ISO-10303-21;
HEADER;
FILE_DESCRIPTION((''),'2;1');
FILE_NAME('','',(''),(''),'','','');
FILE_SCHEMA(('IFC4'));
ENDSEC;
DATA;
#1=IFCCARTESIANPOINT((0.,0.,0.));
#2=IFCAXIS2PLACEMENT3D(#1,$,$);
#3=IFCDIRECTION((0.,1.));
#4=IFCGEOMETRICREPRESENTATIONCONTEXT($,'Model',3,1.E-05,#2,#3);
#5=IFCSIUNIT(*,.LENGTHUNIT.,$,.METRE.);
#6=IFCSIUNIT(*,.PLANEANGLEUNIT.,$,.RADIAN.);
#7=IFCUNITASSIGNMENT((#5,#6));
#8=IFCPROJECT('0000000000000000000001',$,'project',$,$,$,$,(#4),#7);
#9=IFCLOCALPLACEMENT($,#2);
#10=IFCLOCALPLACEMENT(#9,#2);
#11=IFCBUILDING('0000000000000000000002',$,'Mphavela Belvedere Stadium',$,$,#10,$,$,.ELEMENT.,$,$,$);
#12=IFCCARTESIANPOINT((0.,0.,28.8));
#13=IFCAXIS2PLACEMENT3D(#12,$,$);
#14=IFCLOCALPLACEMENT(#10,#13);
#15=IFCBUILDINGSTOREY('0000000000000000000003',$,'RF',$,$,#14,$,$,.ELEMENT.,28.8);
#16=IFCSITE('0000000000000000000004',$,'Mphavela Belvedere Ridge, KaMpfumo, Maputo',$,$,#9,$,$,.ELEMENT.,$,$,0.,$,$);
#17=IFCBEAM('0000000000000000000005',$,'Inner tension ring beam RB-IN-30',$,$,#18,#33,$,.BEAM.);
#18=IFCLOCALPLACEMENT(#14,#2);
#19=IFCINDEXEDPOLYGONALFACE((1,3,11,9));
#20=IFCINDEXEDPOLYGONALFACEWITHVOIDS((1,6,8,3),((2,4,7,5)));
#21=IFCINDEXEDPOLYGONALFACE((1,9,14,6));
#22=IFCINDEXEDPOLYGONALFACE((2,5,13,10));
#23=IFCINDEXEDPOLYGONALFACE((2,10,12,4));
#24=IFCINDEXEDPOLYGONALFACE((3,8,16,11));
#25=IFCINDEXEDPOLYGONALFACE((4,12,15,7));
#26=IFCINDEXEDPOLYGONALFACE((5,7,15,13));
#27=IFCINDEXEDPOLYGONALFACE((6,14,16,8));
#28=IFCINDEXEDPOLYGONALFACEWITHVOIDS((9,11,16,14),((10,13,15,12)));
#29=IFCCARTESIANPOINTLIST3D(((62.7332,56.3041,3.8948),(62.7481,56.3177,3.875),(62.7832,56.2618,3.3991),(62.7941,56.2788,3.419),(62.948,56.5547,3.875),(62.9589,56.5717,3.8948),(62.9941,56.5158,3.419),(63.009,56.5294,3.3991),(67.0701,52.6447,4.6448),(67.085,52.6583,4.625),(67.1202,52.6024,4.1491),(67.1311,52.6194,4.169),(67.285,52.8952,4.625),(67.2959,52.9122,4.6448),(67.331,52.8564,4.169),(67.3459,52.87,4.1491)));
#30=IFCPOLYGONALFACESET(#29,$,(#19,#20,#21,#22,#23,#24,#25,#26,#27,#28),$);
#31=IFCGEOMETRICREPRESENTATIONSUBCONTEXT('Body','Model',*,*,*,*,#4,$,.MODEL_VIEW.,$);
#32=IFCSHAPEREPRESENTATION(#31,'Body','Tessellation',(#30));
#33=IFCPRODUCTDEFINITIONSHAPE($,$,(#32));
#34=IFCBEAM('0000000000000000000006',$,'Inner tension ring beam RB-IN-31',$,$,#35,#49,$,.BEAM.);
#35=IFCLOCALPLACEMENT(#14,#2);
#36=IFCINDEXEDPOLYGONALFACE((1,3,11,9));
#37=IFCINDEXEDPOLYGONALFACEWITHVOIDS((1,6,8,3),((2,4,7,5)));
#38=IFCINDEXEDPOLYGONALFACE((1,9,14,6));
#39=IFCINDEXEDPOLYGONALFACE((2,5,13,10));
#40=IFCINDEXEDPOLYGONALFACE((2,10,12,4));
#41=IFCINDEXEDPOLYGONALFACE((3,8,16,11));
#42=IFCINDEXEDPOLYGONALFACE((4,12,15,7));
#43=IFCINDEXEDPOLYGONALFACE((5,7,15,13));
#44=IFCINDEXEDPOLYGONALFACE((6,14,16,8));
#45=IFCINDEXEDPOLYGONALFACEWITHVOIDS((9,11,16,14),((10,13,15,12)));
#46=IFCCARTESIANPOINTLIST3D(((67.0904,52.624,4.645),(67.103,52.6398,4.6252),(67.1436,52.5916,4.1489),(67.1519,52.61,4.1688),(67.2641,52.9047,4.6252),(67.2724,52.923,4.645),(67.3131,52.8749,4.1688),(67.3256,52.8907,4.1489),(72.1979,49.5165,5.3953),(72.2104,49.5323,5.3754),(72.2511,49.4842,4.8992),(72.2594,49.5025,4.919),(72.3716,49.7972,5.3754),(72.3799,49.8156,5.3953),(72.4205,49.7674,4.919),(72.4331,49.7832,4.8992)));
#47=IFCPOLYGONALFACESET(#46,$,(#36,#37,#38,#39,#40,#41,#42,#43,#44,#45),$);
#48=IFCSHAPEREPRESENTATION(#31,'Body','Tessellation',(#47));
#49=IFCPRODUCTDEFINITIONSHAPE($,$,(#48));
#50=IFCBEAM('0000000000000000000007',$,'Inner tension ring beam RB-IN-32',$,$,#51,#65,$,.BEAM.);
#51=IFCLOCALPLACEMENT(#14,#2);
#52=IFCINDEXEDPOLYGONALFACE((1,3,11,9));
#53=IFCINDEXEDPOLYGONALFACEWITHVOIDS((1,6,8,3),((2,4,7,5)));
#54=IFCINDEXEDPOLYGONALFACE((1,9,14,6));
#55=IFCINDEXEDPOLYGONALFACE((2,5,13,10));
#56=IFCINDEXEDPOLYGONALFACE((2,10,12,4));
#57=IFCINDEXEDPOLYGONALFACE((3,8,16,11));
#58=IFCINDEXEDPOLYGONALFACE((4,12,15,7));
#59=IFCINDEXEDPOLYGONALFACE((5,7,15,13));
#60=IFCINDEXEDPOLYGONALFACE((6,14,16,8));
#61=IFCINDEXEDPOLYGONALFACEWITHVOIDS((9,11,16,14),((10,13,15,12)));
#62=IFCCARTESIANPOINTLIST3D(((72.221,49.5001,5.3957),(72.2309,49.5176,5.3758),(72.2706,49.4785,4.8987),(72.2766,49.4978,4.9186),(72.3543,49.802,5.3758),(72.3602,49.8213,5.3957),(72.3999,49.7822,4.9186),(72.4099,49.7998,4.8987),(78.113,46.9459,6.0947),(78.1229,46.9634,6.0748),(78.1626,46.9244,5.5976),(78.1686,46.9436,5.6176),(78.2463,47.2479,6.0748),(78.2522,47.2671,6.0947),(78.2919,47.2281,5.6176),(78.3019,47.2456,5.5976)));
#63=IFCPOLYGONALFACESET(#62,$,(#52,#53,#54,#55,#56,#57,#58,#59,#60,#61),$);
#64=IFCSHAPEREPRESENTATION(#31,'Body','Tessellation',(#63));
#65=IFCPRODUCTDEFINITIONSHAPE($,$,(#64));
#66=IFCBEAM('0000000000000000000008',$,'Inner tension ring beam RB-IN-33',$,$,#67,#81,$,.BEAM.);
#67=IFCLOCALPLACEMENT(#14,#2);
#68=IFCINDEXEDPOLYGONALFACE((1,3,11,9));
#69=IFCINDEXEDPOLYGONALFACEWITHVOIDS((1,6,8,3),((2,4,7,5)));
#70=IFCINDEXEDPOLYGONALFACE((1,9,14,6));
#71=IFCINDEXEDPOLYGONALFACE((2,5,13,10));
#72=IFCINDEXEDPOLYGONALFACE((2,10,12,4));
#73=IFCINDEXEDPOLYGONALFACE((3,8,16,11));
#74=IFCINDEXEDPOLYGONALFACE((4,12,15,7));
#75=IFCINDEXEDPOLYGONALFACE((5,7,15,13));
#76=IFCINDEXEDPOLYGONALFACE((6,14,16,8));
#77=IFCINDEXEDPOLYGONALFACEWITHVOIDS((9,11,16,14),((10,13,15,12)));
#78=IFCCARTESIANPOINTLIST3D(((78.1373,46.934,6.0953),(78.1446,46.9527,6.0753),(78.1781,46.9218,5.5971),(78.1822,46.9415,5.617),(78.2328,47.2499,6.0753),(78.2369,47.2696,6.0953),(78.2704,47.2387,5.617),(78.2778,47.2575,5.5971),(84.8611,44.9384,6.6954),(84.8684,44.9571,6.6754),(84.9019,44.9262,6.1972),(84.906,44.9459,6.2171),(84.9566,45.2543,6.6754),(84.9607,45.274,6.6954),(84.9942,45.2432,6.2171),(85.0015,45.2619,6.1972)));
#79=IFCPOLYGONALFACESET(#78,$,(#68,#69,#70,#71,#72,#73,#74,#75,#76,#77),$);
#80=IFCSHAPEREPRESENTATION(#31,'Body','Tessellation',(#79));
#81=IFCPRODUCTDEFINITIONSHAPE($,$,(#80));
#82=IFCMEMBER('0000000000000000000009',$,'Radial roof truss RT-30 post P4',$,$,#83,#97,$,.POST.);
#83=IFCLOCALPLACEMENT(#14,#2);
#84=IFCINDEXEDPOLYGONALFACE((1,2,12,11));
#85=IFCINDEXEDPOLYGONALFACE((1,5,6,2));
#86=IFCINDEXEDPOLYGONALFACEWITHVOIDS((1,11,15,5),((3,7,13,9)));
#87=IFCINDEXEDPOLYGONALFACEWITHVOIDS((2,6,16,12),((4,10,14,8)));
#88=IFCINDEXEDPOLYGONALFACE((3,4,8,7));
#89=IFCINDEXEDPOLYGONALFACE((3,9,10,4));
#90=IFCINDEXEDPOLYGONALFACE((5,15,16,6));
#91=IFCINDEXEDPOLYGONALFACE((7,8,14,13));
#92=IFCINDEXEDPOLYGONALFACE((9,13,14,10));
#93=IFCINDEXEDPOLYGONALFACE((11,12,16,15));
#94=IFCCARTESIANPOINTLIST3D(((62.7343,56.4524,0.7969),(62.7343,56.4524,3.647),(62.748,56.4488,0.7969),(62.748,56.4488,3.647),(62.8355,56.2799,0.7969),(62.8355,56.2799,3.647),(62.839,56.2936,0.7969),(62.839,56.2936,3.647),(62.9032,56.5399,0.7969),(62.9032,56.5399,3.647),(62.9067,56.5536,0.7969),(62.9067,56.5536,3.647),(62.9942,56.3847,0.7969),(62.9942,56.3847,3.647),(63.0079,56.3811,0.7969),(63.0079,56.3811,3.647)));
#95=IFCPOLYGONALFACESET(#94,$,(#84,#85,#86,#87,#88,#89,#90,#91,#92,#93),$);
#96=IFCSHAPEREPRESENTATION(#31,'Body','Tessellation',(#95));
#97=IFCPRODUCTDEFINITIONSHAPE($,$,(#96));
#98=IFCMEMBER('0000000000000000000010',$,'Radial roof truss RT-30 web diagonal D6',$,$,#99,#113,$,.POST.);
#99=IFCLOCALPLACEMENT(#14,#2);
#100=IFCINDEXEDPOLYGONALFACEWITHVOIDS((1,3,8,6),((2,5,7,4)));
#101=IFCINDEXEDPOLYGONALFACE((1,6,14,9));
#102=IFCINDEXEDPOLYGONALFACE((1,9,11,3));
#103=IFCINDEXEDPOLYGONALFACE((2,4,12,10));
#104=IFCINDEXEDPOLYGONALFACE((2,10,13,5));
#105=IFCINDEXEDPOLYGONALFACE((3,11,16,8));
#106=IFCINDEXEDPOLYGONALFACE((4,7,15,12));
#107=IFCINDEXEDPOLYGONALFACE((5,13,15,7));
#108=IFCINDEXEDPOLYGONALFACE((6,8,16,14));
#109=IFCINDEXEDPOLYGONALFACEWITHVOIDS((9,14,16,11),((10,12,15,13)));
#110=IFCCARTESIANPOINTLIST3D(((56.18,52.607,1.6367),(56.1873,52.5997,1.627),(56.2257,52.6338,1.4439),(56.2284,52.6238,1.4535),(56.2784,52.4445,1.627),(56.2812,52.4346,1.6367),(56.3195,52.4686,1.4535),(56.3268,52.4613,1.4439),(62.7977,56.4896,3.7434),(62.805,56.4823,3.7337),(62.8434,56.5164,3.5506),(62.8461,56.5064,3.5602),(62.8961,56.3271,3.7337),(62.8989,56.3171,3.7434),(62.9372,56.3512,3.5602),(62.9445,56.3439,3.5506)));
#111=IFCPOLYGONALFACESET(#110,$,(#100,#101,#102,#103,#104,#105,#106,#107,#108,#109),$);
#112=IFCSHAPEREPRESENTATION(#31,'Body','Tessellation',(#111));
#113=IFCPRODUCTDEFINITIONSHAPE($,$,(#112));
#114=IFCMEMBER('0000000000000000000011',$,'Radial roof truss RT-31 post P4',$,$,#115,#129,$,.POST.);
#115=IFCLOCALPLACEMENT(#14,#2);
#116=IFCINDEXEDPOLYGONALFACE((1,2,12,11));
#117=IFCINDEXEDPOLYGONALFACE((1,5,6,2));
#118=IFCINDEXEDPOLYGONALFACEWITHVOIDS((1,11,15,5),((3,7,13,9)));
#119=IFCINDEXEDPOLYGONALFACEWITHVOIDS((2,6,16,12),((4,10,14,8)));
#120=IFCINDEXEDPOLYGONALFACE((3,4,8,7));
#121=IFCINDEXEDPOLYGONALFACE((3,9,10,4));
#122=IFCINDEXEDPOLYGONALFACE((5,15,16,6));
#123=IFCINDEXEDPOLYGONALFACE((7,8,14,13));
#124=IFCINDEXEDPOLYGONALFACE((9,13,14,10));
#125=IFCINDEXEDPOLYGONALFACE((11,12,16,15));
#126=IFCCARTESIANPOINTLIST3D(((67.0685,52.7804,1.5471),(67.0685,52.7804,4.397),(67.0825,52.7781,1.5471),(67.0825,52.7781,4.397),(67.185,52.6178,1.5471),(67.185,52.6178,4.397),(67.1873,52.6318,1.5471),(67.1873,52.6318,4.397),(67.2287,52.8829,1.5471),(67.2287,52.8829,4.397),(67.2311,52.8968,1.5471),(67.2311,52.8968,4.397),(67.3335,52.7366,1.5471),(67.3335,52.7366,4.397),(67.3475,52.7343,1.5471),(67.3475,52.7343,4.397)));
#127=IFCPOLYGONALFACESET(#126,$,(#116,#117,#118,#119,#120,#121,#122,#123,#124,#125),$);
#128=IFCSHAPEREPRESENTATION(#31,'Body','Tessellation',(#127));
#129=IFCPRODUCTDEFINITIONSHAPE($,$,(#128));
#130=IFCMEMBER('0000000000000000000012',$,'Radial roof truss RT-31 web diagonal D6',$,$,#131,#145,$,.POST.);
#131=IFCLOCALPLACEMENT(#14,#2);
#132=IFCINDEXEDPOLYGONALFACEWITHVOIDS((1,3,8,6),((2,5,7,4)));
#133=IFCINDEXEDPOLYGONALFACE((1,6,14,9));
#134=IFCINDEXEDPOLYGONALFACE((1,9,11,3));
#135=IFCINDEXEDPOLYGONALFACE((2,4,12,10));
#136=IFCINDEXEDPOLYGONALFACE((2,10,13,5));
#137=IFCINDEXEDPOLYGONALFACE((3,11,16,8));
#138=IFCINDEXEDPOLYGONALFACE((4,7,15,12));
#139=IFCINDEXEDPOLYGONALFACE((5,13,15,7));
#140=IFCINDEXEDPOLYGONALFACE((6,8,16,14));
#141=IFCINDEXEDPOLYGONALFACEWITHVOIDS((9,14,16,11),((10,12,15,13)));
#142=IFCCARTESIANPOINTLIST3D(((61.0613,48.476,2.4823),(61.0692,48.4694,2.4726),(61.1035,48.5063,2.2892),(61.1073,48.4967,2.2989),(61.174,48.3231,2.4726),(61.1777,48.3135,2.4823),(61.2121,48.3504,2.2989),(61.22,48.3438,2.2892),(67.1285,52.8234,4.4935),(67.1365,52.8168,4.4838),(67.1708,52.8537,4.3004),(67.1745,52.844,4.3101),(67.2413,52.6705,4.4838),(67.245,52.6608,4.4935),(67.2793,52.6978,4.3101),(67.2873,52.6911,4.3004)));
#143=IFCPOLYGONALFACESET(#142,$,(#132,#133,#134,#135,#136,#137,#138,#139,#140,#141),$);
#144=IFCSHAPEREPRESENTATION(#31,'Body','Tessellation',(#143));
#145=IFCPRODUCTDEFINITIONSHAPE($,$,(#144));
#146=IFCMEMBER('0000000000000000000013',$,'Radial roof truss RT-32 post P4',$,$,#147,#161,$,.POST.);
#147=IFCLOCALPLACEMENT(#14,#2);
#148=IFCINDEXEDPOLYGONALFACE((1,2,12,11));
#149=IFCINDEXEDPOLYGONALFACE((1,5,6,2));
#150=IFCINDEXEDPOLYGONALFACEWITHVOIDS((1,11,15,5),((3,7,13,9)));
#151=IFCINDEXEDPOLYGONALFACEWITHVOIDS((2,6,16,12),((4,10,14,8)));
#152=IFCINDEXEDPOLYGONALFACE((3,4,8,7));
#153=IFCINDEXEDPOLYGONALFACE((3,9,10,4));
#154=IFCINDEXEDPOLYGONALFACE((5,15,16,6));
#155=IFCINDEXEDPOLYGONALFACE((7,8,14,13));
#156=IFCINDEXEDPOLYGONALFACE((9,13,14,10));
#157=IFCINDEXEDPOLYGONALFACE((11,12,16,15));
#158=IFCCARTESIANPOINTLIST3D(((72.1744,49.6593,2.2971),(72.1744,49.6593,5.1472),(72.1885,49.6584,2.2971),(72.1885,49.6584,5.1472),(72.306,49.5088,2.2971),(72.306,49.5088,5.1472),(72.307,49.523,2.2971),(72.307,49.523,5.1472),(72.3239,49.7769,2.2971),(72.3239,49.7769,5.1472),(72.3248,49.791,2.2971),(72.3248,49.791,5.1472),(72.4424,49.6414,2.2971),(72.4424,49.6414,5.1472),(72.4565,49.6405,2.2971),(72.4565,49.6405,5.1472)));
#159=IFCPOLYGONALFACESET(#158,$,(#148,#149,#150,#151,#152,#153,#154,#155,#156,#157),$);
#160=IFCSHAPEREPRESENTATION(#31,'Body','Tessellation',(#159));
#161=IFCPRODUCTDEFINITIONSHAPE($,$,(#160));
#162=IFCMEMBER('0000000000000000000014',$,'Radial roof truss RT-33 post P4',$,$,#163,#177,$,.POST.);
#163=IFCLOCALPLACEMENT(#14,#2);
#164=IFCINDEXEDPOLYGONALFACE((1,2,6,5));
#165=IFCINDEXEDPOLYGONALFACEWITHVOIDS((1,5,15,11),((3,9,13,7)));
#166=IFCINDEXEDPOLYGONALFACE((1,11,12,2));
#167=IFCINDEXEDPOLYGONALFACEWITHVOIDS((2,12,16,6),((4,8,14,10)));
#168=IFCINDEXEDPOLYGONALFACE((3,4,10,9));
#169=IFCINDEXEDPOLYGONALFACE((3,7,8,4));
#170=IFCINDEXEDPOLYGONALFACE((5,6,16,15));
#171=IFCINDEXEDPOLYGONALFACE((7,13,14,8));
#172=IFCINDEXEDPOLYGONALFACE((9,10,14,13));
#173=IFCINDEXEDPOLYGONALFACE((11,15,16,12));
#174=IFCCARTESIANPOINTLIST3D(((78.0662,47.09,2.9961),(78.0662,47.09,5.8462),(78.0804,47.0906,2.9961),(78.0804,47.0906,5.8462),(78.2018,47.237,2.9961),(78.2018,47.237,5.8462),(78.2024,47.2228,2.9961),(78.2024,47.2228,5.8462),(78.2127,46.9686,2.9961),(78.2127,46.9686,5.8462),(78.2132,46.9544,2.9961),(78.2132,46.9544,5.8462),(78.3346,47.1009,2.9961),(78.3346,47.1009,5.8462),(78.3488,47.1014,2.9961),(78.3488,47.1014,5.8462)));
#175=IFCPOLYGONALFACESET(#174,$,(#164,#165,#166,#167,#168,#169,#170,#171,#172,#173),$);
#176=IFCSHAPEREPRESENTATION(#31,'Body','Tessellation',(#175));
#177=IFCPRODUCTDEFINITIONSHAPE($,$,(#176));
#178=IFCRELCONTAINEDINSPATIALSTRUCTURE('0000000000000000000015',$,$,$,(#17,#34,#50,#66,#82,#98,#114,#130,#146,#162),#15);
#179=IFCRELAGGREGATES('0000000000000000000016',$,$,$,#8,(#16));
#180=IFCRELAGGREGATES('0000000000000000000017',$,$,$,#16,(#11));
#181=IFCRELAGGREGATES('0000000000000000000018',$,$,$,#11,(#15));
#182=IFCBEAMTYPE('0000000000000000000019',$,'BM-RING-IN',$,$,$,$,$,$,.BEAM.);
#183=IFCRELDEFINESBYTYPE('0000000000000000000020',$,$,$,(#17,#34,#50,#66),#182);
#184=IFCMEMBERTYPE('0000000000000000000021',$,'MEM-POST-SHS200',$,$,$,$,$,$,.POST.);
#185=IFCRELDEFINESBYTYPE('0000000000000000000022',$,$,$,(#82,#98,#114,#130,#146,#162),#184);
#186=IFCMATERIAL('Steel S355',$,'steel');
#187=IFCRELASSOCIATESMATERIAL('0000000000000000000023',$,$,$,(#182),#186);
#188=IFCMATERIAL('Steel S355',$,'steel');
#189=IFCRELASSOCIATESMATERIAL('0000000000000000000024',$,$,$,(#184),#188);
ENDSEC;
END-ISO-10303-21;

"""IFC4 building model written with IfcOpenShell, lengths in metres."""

from ifc_helpers import new_model, si_unit, direction, frame, origin, origin_2d, place, context, subcontext, project, spatial, hollow_rectangle, extrude, material, material_profile, profile_set, type_object, element, save


model = new_model("IFC4")

# Units and contexts
model_context = context("Model", 3, precision=1e-05, world=origin(), true_north=direction((0.0, 1.0)))
body_context = subcontext(model_context, "Body", "Model", "MODEL_VIEW")
ifc_project = project(units=[si_unit("LENGTHUNIT", "METRE"), si_unit("PLANEANGLEUNIT", "RADIAN")], contexts=[model_context])

# Site, building, storey
site_placement = place(None, origin())
site = spatial("IfcSite", under=ifc_project, at=site_placement, Name="Mphavela Belvedere Ridge, KaMpfumo, Maputo", CompositionType="ELEMENT", RefElevation=0.0)
building_placement = place(site_placement, origin())
building = spatial("IfcBuilding", under=site, at=building_placement, Name="Mphavela Belvedere Stadium", CompositionType="ELEMENT")
storey_placement = place(building_placement, frame((0.0, 0.0, 28.8)))
storey = spatial("IfcBuildingStorey", under=building, at=storey_placement, Name="RF", CompositionType="ELEMENT", Elevation=28.8)

# Beams
ifc_material_1 = material(Name="Steel S355", Category="steel")
ifc_material_profile_1 = material_profile(ifc_material_1, hollow_rectangle(XDim=0.3501, YDim=0.5, WallThickness=0.02, at=origin_2d()), Name="RHS 500x350x20")
ifc_profile_set_1 = profile_set([ifc_material_profile_1], Name="Steel S355")
beam_type = type_object("IfcBeamType", Name="BM-RING-IN", PredefinedType="BEAM", material=ifc_profile_set_1)
beam_1_placement = place(storey_placement, frame((62.8711, 56.4167, 3.647), z_axis=(0.757689, -0.639327, 0.13103), x_axis=(0.644887, 0.764278, 0.0)))
element("IfcBeam", 1, at=beam_1_placement, inside=storey, type_object=beam_type, Name="Inner tension ring beam RB-IN-30", PredefinedType="BEAM", context=body_context, shape_type="SweptSolid", body=[
    extrude(hollow_rectangle(XDim=0.3501, YDim=0.5, WallThickness=0.02, at=origin_2d()), origin(), (0.0, 0.0, 1.0), 5.7239),
])
beam_2_placement = place(storey_placement, frame((67.208, 52.7573, 4.397), z_axis=(0.847657, -0.515726, 0.124515), x_axis=(0.519771, 0.854306, 0.0)))
element("IfcBeam", 2, at=beam_2_placement, inside=storey, type_object=beam_type, Name="Inner tension ring beam RB-IN-31", PredefinedType="BEAM", context=body_context, shape_type="SweptSolid", body=[
    extrude(hollow_rectangle(XDim=0.3501, YDim=0.5, WallThickness=0.02, at=origin_2d()), origin(), (0.0, 0.0, 1.0), 6.0254),
])
beam_3_placement = place(storey_placement, frame((72.3154, 49.6499, 5.1472), z_axis=(0.912114, -0.395398, 0.108203), x_axis=(0.397733, 0.917501, 0.0)))
element("IfcBeam", 3, at=beam_3_placement, inside=storey, type_object=beam_type, Name="Inner tension ring beam RB-IN-32", PredefinedType="BEAM", context=body_context, shape_type="SweptSolid", body=[
    extrude(hollow_rectangle(XDim=0.3501, YDim=0.5, WallThickness=0.02, at=origin_2d()), origin(), (0.0, 0.0, 1.0), 6.4597),
])
beam_4_placement = place(storey_placement, frame((78.2075, 47.0957, 5.8462), z_axis=(0.955178, -0.283491, 0.085248), x_axis=(0.284527, 0.958668, 0.0)))
element("IfcBeam", 4, at=beam_4_placement, inside=storey, type_object=beam_type, Name="Inner tension ring beam RB-IN-33", PredefinedType="BEAM", context=body_context, shape_type="SweptSolid", body=[
    extrude(hollow_rectangle(XDim=0.3501, YDim=0.5, WallThickness=0.02, at=origin_2d()), origin(), (0.0, 0.0, 1.0), 7.0393),
])

# Members
ifc_material_2 = material(Name="Steel S355", Category="steel")
ifc_material_profile_2 = material_profile(ifc_material_2, hollow_rectangle(XDim=0.2, YDim=0.2, WallThickness=0.01, at=origin_2d()), Name="SHS 200x200x10")
ifc_profile_set_2 = profile_set([ifc_material_profile_2], Name="Steel S355")
member_type_1 = type_object("IfcMemberType", Name="MEM-POST-SHS200", PredefinedType="POST", material=ifc_profile_set_2)
member_1_placement = place(storey_placement, frame((62.8711, 56.4167, 0.7969), z_axis=(0.0, 0.0, 1.0), x_axis=(-0.862514, -0.506034, 0.0)))
element("IfcMember", 5, at=member_1_placement, inside=storey, type_object=member_type_1, Name="Radial roof truss RT-30 post P4", PredefinedType="POST", context=body_context, shape_type="SweptSolid", body=[
    extrude(hollow_rectangle(XDim=0.2, YDim=0.2, WallThickness=0.01, at=origin_2d()), origin(), (0.0, 0.0, 1.0), 2.8501),
])
member_2_placement = place(storey_placement, frame((56.2534, 52.5342, 1.5403), z_axis=(0.831731, 0.487974, 0.264775), x_axis=(-0.506034, 0.862514, 0.0)))
element("IfcMember", 6, at=member_2_placement, inside=storey, type_object=member_type_1, Name="Radial roof truss RT-30 web diagonal D6", PredefinedType="POST", context=body_context, shape_type="SweptSolid", body=[
    extrude(hollow_rectangle(XDim=0.2, YDim=0.2, WallThickness=0.01, at=origin_2d()), origin(), (0.0, 0.0, 1.0), 7.9565),
])
member_3_placement = place(storey_placement, frame((67.208, 52.7573, 1.5471), z_axis=(0.0, 0.0, 1.0), x_axis=(-0.812898, -0.582407, 0.0)))
element("IfcMember", 7, at=member_3_placement, inside=storey, type_object=member_type_1, Name="Radial roof truss RT-31 post P4", PredefinedType="POST", context=body_context, shape_type="SweptSolid", body=[
    extrude(hollow_rectangle(XDim=0.2, YDim=0.2, WallThickness=0.01, at=origin_2d()), origin(), (0.0, 0.0, 1.0), 2.8499),
])
member_4_placement = place(storey_placement, frame((61.1406, 48.4099, 2.3857), z_axis=(0.784879, 0.562383, 0.260174), x_axis=(-0.582441, 0.812873, 0.0)))
element("IfcMember", 8, at=member_4_placement, inside=storey, type_object=member_type_1, Name="Radial roof truss RT-31 web diagonal D6", PredefinedType="POST", context=body_context, shape_type="SweptSolid", body=[
    extrude(hollow_rectangle(XDim=0.2, YDim=0.2, WallThickness=0.01, at=origin_2d()), origin(), (0.0, 0.0, 1.0), 7.7302),
])
for number, where, z_axis, x_axis, name in (
    (9, (72.3154, 49.6499, 2.2971), (0.0, 0.0, 1.0), (-0.75253, -0.658558, 0.0), "Radial roof truss RT-32 post P4"),
    (10, (78.2075, 47.0957, 2.9961), (0.0, 0.0, 1.0), (-0.677903, -0.735151, 0.0), "Radial roof truss RT-33 post P4"),
):
    element("IfcMember", number, at=place(storey_placement, frame(where, z_axis=z_axis, x_axis=x_axis)), inside=storey, type_object=member_type_1, Name=name, PredefinedType="POST", context=body_context, shape_type="SweptSolid", body=[
        extrude(hollow_rectangle(XDim=0.2, YDim=0.2, WallThickness=0.01, at=origin_2d()), origin(), (0.0, 0.0, 1.0), 2.8501),
    ])

save(model, "model.ifc")
